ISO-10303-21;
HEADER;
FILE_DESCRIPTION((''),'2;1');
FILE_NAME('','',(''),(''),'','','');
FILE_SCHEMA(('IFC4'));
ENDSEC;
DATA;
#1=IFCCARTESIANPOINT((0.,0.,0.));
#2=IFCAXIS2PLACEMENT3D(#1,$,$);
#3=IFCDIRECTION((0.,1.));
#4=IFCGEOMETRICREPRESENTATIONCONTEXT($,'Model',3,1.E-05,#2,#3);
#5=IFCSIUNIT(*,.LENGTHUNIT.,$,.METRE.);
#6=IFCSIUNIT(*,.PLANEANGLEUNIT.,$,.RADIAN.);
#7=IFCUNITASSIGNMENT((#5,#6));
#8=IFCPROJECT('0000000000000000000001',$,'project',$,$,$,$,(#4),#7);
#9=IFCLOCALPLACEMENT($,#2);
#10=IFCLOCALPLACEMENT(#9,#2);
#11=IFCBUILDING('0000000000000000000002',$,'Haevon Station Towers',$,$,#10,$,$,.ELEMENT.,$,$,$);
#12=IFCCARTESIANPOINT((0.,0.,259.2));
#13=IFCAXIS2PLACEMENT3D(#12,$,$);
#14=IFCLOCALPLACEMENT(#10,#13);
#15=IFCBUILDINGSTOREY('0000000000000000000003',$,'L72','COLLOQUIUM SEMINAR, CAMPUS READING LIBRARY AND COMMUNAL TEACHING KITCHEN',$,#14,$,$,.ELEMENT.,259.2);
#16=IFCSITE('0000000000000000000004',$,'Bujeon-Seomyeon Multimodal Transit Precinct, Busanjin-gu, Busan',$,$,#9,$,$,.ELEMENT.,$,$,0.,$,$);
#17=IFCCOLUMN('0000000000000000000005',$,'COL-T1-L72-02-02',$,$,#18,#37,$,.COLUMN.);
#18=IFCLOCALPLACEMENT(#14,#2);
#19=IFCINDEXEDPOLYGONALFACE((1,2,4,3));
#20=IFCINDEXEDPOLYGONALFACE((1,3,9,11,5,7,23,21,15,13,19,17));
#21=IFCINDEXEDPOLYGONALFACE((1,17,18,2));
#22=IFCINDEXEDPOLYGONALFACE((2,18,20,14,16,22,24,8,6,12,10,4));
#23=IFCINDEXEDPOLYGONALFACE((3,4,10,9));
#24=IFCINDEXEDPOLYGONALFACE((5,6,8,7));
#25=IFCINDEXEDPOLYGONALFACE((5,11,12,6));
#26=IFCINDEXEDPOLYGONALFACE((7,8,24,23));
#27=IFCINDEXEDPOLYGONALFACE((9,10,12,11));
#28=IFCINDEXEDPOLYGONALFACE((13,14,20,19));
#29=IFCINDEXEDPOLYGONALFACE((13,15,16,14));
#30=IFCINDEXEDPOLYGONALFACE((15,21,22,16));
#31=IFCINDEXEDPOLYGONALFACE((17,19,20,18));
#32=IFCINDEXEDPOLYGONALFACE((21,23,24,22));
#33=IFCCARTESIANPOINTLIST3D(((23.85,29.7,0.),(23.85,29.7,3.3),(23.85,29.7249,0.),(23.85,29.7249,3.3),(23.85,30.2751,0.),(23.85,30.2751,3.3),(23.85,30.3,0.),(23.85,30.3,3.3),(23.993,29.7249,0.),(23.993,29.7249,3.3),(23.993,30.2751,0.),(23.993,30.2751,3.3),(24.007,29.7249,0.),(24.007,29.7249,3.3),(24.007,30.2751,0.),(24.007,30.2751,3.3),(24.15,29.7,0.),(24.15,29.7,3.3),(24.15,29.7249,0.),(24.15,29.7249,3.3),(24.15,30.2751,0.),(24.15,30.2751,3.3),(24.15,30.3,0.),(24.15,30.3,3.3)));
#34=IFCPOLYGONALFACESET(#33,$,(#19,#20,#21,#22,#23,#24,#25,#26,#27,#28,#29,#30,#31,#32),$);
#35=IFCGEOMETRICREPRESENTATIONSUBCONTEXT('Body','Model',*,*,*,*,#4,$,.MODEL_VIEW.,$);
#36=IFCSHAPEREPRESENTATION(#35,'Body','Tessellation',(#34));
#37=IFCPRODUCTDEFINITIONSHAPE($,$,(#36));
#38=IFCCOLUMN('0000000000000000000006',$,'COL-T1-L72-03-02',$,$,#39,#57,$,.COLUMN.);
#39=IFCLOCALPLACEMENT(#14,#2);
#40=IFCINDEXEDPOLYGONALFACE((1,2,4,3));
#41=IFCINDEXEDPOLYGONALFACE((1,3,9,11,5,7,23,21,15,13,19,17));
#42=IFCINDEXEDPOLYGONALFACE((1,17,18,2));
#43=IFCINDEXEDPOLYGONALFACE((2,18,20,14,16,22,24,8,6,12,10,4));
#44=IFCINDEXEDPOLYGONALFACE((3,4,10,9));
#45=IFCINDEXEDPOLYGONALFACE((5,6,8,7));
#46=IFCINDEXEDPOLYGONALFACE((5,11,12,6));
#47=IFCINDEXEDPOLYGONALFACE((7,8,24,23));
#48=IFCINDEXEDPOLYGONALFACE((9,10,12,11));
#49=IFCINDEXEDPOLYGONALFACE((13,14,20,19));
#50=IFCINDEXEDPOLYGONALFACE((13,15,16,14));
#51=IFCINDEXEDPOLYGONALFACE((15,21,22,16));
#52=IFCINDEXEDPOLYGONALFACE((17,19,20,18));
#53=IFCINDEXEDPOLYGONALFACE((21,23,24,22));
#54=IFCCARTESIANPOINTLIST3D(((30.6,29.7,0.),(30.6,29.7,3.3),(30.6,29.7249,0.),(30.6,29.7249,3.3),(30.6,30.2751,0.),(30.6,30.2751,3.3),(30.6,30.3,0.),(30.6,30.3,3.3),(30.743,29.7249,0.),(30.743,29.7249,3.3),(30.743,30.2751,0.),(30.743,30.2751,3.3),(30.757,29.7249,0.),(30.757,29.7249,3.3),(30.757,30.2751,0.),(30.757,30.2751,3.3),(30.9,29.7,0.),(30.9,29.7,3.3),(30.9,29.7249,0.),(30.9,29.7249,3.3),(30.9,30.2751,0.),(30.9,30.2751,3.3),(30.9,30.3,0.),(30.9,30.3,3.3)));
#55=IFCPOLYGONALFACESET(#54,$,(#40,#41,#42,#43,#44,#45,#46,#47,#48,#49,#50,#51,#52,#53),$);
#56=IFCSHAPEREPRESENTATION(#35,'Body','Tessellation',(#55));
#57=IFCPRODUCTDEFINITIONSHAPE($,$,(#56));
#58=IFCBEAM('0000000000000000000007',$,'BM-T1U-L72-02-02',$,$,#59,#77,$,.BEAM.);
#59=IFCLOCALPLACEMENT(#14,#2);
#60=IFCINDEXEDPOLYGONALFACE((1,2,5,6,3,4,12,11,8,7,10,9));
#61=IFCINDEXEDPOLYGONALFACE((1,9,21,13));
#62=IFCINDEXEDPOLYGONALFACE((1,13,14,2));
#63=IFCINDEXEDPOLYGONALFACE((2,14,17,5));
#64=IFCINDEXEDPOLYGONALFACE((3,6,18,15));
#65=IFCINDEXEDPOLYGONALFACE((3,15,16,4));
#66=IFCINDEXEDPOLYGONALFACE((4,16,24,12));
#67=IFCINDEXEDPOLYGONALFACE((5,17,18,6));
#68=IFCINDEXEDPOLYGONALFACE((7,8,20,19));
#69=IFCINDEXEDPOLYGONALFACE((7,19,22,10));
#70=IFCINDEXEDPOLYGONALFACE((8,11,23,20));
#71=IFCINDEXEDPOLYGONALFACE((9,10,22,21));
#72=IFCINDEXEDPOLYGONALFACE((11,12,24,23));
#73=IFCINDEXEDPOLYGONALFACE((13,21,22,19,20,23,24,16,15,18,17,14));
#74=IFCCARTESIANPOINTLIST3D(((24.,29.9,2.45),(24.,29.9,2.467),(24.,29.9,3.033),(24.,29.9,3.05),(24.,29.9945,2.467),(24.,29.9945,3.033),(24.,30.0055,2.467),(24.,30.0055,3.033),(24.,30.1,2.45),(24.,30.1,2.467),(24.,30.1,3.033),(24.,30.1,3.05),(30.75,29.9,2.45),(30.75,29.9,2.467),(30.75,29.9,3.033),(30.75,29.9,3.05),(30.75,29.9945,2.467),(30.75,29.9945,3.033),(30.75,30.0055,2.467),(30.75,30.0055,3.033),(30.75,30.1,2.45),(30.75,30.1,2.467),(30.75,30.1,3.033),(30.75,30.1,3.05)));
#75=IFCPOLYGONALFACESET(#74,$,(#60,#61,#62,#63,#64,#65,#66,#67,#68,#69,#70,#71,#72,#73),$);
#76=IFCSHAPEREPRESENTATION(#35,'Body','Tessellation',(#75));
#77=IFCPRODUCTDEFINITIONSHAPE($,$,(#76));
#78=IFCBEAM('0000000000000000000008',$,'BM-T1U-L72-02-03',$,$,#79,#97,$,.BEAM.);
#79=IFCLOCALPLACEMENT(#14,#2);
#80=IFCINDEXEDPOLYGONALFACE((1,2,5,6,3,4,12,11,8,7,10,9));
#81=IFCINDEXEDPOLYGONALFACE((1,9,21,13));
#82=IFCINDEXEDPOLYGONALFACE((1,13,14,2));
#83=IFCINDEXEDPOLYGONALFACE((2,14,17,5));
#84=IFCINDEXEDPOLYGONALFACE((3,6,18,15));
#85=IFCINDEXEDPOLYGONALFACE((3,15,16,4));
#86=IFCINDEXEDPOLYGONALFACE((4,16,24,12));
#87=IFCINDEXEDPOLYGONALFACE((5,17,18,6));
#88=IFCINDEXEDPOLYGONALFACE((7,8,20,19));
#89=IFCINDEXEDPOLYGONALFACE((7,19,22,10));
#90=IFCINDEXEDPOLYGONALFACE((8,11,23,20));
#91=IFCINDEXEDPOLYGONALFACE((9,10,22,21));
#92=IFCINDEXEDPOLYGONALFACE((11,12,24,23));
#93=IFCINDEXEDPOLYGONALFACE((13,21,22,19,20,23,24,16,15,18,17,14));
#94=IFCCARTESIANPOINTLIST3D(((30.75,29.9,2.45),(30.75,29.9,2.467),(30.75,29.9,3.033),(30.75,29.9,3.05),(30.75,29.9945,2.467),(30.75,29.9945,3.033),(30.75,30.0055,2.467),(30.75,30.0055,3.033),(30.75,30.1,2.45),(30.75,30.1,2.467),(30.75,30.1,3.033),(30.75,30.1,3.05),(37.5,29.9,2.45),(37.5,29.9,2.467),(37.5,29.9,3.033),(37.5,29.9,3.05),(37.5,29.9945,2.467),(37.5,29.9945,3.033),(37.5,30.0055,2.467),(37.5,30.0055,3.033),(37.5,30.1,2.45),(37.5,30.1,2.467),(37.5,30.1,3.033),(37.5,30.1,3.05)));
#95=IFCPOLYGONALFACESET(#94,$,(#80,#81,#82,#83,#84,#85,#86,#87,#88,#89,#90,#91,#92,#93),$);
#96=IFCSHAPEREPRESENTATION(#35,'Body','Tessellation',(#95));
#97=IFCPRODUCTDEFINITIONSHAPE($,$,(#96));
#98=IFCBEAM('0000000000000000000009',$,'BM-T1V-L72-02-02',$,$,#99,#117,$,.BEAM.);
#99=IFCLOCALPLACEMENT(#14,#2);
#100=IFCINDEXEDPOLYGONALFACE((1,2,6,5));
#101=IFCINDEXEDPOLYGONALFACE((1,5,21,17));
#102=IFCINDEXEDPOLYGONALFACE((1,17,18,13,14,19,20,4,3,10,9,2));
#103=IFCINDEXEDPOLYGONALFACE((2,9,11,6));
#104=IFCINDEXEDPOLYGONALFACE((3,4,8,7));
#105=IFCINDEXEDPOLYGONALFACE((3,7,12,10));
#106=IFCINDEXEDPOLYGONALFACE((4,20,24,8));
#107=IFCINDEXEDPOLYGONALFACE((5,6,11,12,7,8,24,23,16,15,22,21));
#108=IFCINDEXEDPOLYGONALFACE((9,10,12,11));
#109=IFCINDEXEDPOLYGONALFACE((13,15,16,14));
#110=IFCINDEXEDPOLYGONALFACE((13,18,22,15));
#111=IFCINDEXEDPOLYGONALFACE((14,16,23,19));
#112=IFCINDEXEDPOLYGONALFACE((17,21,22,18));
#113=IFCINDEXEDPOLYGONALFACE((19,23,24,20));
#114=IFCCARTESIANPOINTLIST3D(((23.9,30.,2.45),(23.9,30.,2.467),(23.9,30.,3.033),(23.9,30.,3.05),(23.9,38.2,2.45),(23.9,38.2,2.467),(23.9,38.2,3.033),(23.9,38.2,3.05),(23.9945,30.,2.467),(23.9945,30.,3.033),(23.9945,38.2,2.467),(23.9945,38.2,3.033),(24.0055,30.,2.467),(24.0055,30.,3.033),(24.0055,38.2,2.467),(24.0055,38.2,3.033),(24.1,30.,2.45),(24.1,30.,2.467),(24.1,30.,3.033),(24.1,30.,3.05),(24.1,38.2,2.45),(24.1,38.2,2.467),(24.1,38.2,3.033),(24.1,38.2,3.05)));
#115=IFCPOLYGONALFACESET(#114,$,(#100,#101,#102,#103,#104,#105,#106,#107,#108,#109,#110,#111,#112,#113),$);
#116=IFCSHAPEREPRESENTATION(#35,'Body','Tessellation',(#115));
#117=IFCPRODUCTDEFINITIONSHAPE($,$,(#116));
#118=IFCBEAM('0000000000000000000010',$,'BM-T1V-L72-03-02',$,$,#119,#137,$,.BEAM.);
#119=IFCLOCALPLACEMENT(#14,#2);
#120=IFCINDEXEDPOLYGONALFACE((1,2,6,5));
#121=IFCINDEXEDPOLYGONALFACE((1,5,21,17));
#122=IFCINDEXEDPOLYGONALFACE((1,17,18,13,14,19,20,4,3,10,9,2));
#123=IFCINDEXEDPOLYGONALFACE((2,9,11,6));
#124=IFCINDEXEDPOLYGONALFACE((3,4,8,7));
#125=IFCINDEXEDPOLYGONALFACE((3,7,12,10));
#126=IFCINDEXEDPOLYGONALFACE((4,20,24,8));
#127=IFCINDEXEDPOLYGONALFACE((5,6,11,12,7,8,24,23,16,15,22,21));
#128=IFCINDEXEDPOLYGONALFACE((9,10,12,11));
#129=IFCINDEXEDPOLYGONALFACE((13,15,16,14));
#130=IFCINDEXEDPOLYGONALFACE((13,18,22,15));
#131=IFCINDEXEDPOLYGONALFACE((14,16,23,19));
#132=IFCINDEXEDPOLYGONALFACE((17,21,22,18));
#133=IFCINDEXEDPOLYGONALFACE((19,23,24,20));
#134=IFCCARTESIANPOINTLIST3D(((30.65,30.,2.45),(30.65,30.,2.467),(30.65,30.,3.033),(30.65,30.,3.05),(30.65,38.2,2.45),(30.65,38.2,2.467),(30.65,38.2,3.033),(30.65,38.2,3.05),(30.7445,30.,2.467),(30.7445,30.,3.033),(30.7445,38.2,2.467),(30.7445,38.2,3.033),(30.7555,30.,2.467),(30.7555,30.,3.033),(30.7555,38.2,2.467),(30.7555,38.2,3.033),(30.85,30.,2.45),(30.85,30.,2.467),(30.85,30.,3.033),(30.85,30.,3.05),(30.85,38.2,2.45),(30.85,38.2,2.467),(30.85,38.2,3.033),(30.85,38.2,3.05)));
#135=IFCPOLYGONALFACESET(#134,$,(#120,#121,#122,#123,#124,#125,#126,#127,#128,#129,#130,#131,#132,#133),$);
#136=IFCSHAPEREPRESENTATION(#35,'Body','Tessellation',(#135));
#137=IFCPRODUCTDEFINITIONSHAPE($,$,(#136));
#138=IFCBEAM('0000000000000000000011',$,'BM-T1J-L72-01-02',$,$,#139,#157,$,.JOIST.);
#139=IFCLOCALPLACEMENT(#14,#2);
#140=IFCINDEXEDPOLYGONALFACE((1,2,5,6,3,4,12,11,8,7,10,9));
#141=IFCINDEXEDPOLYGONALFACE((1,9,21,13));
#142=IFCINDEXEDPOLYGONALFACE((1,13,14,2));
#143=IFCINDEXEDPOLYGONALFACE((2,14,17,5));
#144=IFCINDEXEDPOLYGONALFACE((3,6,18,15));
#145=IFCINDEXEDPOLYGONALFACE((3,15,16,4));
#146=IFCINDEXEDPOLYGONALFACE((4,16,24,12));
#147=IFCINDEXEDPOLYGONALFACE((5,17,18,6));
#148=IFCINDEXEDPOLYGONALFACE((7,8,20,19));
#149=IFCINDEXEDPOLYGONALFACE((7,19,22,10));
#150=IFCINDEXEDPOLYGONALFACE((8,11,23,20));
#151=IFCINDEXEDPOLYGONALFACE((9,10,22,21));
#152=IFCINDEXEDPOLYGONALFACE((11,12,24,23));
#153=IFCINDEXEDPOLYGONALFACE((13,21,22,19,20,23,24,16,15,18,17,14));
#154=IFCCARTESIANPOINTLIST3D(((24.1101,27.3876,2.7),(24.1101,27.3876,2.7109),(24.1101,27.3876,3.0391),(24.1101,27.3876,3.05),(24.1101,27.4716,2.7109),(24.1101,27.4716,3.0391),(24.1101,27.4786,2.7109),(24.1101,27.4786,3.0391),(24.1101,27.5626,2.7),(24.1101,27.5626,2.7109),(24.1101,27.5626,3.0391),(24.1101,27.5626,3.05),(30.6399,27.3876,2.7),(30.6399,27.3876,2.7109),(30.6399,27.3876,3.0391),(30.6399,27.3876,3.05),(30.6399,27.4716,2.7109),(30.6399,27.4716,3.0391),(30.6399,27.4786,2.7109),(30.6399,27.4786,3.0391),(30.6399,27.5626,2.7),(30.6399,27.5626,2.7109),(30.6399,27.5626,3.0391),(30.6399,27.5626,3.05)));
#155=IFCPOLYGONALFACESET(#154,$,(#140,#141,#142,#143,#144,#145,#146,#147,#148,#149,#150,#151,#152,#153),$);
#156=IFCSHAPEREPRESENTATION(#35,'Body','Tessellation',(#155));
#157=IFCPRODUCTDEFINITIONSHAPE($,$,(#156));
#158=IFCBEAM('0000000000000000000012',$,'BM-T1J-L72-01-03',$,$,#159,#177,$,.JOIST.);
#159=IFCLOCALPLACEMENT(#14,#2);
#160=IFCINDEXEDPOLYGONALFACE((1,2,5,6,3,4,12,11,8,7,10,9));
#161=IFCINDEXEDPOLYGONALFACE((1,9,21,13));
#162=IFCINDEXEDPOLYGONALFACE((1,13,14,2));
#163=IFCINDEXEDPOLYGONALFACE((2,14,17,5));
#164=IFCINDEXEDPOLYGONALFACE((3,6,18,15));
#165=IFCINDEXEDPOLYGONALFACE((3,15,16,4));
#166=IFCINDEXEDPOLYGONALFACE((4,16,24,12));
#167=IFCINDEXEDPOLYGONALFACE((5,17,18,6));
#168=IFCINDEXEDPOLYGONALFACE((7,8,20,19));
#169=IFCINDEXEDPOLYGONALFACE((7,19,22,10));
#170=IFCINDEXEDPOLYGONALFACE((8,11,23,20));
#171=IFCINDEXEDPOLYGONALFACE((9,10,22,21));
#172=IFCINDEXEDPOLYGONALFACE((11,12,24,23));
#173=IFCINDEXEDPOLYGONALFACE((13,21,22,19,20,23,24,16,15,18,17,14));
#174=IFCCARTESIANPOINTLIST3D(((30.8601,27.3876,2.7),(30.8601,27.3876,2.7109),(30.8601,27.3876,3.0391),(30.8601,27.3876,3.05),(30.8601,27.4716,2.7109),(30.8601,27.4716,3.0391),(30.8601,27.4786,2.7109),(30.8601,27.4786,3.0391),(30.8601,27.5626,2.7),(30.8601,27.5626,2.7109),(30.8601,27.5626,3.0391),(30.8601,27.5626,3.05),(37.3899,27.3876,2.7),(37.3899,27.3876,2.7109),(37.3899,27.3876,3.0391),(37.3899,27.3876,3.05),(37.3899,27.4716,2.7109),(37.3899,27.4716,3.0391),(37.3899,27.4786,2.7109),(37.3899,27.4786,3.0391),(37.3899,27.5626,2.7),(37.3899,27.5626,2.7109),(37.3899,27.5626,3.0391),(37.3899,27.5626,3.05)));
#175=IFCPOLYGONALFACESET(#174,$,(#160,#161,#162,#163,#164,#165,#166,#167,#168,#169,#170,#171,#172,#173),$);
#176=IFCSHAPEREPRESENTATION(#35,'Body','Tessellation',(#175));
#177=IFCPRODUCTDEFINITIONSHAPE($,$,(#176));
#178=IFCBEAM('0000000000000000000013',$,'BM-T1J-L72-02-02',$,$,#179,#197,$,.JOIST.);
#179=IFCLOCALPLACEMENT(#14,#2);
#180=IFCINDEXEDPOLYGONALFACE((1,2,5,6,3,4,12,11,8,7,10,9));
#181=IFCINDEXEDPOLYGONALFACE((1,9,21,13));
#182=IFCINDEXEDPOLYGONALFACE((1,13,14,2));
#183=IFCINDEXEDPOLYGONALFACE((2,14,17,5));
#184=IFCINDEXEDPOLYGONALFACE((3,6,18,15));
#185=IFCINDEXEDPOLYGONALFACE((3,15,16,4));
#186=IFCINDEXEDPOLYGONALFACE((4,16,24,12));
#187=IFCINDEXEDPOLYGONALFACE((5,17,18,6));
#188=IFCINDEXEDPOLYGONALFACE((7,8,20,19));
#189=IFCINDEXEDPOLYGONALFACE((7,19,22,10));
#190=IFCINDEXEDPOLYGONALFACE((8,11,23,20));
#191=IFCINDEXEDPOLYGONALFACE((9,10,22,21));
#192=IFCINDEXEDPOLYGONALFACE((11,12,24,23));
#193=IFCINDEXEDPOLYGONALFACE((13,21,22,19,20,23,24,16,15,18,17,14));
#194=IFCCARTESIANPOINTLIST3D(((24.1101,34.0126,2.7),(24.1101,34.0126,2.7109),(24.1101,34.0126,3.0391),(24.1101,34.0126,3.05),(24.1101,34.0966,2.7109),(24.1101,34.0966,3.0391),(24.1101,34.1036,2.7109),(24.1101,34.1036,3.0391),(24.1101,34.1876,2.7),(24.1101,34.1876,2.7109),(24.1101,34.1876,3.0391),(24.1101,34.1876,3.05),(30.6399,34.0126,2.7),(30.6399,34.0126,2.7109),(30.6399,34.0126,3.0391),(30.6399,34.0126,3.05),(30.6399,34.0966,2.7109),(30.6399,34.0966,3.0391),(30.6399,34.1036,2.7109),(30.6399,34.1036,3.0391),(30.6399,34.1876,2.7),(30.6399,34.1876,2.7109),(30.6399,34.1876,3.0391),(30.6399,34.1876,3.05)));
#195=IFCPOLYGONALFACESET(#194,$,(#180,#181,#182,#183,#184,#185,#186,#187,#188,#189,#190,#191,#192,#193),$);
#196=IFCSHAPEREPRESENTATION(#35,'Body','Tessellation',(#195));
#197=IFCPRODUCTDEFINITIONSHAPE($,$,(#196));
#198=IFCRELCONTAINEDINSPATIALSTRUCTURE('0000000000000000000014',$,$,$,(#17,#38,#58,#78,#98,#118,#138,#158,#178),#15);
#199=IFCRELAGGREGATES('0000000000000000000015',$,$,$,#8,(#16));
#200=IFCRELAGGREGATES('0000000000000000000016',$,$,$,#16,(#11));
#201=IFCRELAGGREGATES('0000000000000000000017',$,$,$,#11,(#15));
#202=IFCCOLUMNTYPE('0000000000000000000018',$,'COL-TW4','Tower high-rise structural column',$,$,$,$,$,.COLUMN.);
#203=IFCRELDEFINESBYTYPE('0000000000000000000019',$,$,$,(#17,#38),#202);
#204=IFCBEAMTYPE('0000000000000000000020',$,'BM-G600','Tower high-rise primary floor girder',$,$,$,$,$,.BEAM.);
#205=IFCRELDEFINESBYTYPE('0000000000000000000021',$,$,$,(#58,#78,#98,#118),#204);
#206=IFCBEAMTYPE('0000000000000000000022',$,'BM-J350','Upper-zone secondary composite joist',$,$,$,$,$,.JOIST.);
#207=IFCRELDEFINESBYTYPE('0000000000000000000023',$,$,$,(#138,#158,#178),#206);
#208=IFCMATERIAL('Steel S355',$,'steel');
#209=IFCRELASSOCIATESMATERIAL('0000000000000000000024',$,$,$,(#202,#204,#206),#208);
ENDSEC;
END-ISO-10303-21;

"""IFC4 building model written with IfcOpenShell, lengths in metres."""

from ifc_helpers import new_model, si_unit, direction, frame, origin, origin_2d, place, context, subcontext, project, spatial, i_section, extrude, material, material_profile, profile_set, type_object, element, save


model = new_model("IFC4")

# Units and contexts
model_context = context("Model", 3, precision=1e-05, world=origin(), true_north=direction((0.0, 1.0)))
body_context = subcontext(model_context, "Body", "Model", "MODEL_VIEW")
ifc_project = project(units=[si_unit("LENGTHUNIT", "METRE"), si_unit("PLANEANGLEUNIT", "RADIAN")], contexts=[model_context])

# Site, building, storey
site_placement = place(None, origin())
site = spatial("IfcSite", under=ifc_project, at=site_placement, Name="Bujeon-Seomyeon Multimodal Transit Precinct, Busanjin-gu, Busan", CompositionType="ELEMENT", RefElevation=0.0)
building_placement = place(site_placement, origin())
building = spatial("IfcBuilding", under=site, at=building_placement, Name="Haevon Station Towers", CompositionType="ELEMENT")
storey_placement = place(building_placement, frame((0.0, 0.0, 259.2)))
storey = spatial("IfcBuildingStorey", under=building, at=storey_placement, Name="L72", Description="COLLOQUIUM SEMINAR, CAMPUS READING LIBRARY AND COMMUNAL TEACHING KITCHEN", CompositionType="ELEMENT", Elevation=259.2)

# Columns
ifc_material_1 = material(Name="Steel S355", Category="steel")
ifc_material_profile_1 = material_profile(ifc_material_1, i_section(OverallWidth=0.3, OverallDepth=0.6001, WebThickness=0.0139, FlangeThickness=0.0249, at=origin_2d()), Name="H-600x300x14x25")
ifc_profile_set_1 = profile_set([ifc_material_profile_1], Name="Steel S355")
column_type = type_object("IfcColumnType", Name="COL-TW4", Description="Tower high-rise structural column", PredefinedType="COLUMN", material=ifc_profile_set_1)
for number, where, z_axis, x_axis, name in (
    (1, (24.0, 30.0, 0.0), (0.0, 0.0, 1.0), (1.0, 0.0, 0.0), "COL-T1-L72-02-02"),
    (2, (30.75, 30.0, 0.0), (0.0, 0.0, 1.0), (1.0, 0.0, 0.0), "COL-T1-L72-03-02"),
):
    element("IfcColumn", number, at=place(storey_placement, frame(where, z_axis=z_axis, x_axis=x_axis)), inside=storey, type_object=column_type, Name=name, PredefinedType="COLUMN", context=body_context, shape_type="SweptSolid", body=[
        extrude(i_section(OverallWidth=0.3, OverallDepth=0.6001, WebThickness=0.0139, FlangeThickness=0.0249, at=origin_2d()), origin(), (0.0, 0.0, 1.0), 3.3),
    ])

# Beams
ifc_material_profile_2 = material_profile(ifc_material_1, i_section(OverallWidth=0.2, OverallDepth=0.6001, WebThickness=0.011, FlangeThickness=0.0171, at=origin_2d()), Name="H-600x200x11x17")
ifc_profile_set_2 = profile_set([ifc_material_profile_2], Name="Steel S355")
beam_type_1 = type_object("IfcBeamType", Name="BM-G600", Description="Tower high-rise primary floor girder", PredefinedType="BEAM", material=ifc_profile_set_2)
for number, where, z_axis, x_axis, name in (
    (3, (24.0, 30.0, 2.75), (1.0, 0.0, 0.0), (0.0, 1.0, 0.0), "BM-T1U-L72-02-02"),
    (4, (30.75, 30.0, 2.75), (1.0, 0.0, 0.0), (0.0, 1.0, 0.0), "BM-T1U-L72-02-03"),
):
    element("IfcBeam", number, at=place(storey_placement, frame(where, z_axis=z_axis, x_axis=x_axis)), inside=storey, type_object=beam_type_1, Name=name, PredefinedType="BEAM", context=body_context, shape_type="SweptSolid", body=[
        extrude(i_section(OverallWidth=0.2, OverallDepth=0.6001, WebThickness=0.011, FlangeThickness=0.0171, at=origin_2d()), origin(), (0.0, 0.0, 1.0), 6.75),
    ])
for number, where, z_axis, x_axis, name in (
    (5, (24.0, 30.0, 2.75), (0.0, 1.0, 0.0), (-1.0, 0.0, 0.0), "BM-T1V-L72-02-02"),
    (6, (30.75, 30.0, 2.75), (0.0, 1.0, 0.0), (-1.0, 0.0, 0.0), "BM-T1V-L72-03-02"),
):
    element("IfcBeam", number, at=place(storey_placement, frame(where, z_axis=z_axis, x_axis=x_axis)), inside=storey, type_object=beam_type_1, Name=name, PredefinedType="BEAM", context=body_context, shape_type="SweptSolid", body=[
        extrude(i_section(OverallWidth=0.2, OverallDepth=0.6001, WebThickness=0.011, FlangeThickness=0.0171, at=origin_2d()), origin(), (0.0, 0.0, 1.0), 8.2),
    ])
ifc_material_profile_3 = material_profile(ifc_material_1, i_section(OverallWidth=0.175, OverallDepth=0.3501, WebThickness=0.0071, FlangeThickness=0.011, at=origin_2d()), Name="H-350x175x7x11")
ifc_profile_set_3 = profile_set([ifc_material_profile_3], Name="Steel S355")
beam_type_2 = type_object("IfcBeamType", Name="BM-J350", Description="Upper-zone secondary composite joist", PredefinedType="JOIST", material=ifc_profile_set_3)
for number, where, z_axis, x_axis, name in (
    (7, (24.1101, 27.4751, 2.875), (1.0, 0.0, 0.0), (0.0, 1.0, 0.0), "BM-T1J-L72-01-02"),
    (8, (30.8601, 27.4751, 2.875), (1.0, 0.0, 0.0), (0.0, 1.0, 0.0), "BM-T1J-L72-01-03"),
    (9, (24.1101, 34.1001, 2.875), (1.0, 0.0, 0.0), (0.0, 1.0, 0.0), "BM-T1J-L72-02-02"),
):
    element("IfcBeam", number, at=place(storey_placement, frame(where, z_axis=z_axis, x_axis=x_axis)), inside=storey, type_object=beam_type_2, Name=name, PredefinedType="JOIST", context=body_context, shape_type="SweptSolid", body=[
        extrude(i_section(OverallWidth=0.175, OverallDepth=0.3501, WebThickness=0.0071, FlangeThickness=0.011, at=origin_2d()), origin(), (0.0, 0.0, 1.0), 6.5298),
    ])

save(model, "model.ifc")
